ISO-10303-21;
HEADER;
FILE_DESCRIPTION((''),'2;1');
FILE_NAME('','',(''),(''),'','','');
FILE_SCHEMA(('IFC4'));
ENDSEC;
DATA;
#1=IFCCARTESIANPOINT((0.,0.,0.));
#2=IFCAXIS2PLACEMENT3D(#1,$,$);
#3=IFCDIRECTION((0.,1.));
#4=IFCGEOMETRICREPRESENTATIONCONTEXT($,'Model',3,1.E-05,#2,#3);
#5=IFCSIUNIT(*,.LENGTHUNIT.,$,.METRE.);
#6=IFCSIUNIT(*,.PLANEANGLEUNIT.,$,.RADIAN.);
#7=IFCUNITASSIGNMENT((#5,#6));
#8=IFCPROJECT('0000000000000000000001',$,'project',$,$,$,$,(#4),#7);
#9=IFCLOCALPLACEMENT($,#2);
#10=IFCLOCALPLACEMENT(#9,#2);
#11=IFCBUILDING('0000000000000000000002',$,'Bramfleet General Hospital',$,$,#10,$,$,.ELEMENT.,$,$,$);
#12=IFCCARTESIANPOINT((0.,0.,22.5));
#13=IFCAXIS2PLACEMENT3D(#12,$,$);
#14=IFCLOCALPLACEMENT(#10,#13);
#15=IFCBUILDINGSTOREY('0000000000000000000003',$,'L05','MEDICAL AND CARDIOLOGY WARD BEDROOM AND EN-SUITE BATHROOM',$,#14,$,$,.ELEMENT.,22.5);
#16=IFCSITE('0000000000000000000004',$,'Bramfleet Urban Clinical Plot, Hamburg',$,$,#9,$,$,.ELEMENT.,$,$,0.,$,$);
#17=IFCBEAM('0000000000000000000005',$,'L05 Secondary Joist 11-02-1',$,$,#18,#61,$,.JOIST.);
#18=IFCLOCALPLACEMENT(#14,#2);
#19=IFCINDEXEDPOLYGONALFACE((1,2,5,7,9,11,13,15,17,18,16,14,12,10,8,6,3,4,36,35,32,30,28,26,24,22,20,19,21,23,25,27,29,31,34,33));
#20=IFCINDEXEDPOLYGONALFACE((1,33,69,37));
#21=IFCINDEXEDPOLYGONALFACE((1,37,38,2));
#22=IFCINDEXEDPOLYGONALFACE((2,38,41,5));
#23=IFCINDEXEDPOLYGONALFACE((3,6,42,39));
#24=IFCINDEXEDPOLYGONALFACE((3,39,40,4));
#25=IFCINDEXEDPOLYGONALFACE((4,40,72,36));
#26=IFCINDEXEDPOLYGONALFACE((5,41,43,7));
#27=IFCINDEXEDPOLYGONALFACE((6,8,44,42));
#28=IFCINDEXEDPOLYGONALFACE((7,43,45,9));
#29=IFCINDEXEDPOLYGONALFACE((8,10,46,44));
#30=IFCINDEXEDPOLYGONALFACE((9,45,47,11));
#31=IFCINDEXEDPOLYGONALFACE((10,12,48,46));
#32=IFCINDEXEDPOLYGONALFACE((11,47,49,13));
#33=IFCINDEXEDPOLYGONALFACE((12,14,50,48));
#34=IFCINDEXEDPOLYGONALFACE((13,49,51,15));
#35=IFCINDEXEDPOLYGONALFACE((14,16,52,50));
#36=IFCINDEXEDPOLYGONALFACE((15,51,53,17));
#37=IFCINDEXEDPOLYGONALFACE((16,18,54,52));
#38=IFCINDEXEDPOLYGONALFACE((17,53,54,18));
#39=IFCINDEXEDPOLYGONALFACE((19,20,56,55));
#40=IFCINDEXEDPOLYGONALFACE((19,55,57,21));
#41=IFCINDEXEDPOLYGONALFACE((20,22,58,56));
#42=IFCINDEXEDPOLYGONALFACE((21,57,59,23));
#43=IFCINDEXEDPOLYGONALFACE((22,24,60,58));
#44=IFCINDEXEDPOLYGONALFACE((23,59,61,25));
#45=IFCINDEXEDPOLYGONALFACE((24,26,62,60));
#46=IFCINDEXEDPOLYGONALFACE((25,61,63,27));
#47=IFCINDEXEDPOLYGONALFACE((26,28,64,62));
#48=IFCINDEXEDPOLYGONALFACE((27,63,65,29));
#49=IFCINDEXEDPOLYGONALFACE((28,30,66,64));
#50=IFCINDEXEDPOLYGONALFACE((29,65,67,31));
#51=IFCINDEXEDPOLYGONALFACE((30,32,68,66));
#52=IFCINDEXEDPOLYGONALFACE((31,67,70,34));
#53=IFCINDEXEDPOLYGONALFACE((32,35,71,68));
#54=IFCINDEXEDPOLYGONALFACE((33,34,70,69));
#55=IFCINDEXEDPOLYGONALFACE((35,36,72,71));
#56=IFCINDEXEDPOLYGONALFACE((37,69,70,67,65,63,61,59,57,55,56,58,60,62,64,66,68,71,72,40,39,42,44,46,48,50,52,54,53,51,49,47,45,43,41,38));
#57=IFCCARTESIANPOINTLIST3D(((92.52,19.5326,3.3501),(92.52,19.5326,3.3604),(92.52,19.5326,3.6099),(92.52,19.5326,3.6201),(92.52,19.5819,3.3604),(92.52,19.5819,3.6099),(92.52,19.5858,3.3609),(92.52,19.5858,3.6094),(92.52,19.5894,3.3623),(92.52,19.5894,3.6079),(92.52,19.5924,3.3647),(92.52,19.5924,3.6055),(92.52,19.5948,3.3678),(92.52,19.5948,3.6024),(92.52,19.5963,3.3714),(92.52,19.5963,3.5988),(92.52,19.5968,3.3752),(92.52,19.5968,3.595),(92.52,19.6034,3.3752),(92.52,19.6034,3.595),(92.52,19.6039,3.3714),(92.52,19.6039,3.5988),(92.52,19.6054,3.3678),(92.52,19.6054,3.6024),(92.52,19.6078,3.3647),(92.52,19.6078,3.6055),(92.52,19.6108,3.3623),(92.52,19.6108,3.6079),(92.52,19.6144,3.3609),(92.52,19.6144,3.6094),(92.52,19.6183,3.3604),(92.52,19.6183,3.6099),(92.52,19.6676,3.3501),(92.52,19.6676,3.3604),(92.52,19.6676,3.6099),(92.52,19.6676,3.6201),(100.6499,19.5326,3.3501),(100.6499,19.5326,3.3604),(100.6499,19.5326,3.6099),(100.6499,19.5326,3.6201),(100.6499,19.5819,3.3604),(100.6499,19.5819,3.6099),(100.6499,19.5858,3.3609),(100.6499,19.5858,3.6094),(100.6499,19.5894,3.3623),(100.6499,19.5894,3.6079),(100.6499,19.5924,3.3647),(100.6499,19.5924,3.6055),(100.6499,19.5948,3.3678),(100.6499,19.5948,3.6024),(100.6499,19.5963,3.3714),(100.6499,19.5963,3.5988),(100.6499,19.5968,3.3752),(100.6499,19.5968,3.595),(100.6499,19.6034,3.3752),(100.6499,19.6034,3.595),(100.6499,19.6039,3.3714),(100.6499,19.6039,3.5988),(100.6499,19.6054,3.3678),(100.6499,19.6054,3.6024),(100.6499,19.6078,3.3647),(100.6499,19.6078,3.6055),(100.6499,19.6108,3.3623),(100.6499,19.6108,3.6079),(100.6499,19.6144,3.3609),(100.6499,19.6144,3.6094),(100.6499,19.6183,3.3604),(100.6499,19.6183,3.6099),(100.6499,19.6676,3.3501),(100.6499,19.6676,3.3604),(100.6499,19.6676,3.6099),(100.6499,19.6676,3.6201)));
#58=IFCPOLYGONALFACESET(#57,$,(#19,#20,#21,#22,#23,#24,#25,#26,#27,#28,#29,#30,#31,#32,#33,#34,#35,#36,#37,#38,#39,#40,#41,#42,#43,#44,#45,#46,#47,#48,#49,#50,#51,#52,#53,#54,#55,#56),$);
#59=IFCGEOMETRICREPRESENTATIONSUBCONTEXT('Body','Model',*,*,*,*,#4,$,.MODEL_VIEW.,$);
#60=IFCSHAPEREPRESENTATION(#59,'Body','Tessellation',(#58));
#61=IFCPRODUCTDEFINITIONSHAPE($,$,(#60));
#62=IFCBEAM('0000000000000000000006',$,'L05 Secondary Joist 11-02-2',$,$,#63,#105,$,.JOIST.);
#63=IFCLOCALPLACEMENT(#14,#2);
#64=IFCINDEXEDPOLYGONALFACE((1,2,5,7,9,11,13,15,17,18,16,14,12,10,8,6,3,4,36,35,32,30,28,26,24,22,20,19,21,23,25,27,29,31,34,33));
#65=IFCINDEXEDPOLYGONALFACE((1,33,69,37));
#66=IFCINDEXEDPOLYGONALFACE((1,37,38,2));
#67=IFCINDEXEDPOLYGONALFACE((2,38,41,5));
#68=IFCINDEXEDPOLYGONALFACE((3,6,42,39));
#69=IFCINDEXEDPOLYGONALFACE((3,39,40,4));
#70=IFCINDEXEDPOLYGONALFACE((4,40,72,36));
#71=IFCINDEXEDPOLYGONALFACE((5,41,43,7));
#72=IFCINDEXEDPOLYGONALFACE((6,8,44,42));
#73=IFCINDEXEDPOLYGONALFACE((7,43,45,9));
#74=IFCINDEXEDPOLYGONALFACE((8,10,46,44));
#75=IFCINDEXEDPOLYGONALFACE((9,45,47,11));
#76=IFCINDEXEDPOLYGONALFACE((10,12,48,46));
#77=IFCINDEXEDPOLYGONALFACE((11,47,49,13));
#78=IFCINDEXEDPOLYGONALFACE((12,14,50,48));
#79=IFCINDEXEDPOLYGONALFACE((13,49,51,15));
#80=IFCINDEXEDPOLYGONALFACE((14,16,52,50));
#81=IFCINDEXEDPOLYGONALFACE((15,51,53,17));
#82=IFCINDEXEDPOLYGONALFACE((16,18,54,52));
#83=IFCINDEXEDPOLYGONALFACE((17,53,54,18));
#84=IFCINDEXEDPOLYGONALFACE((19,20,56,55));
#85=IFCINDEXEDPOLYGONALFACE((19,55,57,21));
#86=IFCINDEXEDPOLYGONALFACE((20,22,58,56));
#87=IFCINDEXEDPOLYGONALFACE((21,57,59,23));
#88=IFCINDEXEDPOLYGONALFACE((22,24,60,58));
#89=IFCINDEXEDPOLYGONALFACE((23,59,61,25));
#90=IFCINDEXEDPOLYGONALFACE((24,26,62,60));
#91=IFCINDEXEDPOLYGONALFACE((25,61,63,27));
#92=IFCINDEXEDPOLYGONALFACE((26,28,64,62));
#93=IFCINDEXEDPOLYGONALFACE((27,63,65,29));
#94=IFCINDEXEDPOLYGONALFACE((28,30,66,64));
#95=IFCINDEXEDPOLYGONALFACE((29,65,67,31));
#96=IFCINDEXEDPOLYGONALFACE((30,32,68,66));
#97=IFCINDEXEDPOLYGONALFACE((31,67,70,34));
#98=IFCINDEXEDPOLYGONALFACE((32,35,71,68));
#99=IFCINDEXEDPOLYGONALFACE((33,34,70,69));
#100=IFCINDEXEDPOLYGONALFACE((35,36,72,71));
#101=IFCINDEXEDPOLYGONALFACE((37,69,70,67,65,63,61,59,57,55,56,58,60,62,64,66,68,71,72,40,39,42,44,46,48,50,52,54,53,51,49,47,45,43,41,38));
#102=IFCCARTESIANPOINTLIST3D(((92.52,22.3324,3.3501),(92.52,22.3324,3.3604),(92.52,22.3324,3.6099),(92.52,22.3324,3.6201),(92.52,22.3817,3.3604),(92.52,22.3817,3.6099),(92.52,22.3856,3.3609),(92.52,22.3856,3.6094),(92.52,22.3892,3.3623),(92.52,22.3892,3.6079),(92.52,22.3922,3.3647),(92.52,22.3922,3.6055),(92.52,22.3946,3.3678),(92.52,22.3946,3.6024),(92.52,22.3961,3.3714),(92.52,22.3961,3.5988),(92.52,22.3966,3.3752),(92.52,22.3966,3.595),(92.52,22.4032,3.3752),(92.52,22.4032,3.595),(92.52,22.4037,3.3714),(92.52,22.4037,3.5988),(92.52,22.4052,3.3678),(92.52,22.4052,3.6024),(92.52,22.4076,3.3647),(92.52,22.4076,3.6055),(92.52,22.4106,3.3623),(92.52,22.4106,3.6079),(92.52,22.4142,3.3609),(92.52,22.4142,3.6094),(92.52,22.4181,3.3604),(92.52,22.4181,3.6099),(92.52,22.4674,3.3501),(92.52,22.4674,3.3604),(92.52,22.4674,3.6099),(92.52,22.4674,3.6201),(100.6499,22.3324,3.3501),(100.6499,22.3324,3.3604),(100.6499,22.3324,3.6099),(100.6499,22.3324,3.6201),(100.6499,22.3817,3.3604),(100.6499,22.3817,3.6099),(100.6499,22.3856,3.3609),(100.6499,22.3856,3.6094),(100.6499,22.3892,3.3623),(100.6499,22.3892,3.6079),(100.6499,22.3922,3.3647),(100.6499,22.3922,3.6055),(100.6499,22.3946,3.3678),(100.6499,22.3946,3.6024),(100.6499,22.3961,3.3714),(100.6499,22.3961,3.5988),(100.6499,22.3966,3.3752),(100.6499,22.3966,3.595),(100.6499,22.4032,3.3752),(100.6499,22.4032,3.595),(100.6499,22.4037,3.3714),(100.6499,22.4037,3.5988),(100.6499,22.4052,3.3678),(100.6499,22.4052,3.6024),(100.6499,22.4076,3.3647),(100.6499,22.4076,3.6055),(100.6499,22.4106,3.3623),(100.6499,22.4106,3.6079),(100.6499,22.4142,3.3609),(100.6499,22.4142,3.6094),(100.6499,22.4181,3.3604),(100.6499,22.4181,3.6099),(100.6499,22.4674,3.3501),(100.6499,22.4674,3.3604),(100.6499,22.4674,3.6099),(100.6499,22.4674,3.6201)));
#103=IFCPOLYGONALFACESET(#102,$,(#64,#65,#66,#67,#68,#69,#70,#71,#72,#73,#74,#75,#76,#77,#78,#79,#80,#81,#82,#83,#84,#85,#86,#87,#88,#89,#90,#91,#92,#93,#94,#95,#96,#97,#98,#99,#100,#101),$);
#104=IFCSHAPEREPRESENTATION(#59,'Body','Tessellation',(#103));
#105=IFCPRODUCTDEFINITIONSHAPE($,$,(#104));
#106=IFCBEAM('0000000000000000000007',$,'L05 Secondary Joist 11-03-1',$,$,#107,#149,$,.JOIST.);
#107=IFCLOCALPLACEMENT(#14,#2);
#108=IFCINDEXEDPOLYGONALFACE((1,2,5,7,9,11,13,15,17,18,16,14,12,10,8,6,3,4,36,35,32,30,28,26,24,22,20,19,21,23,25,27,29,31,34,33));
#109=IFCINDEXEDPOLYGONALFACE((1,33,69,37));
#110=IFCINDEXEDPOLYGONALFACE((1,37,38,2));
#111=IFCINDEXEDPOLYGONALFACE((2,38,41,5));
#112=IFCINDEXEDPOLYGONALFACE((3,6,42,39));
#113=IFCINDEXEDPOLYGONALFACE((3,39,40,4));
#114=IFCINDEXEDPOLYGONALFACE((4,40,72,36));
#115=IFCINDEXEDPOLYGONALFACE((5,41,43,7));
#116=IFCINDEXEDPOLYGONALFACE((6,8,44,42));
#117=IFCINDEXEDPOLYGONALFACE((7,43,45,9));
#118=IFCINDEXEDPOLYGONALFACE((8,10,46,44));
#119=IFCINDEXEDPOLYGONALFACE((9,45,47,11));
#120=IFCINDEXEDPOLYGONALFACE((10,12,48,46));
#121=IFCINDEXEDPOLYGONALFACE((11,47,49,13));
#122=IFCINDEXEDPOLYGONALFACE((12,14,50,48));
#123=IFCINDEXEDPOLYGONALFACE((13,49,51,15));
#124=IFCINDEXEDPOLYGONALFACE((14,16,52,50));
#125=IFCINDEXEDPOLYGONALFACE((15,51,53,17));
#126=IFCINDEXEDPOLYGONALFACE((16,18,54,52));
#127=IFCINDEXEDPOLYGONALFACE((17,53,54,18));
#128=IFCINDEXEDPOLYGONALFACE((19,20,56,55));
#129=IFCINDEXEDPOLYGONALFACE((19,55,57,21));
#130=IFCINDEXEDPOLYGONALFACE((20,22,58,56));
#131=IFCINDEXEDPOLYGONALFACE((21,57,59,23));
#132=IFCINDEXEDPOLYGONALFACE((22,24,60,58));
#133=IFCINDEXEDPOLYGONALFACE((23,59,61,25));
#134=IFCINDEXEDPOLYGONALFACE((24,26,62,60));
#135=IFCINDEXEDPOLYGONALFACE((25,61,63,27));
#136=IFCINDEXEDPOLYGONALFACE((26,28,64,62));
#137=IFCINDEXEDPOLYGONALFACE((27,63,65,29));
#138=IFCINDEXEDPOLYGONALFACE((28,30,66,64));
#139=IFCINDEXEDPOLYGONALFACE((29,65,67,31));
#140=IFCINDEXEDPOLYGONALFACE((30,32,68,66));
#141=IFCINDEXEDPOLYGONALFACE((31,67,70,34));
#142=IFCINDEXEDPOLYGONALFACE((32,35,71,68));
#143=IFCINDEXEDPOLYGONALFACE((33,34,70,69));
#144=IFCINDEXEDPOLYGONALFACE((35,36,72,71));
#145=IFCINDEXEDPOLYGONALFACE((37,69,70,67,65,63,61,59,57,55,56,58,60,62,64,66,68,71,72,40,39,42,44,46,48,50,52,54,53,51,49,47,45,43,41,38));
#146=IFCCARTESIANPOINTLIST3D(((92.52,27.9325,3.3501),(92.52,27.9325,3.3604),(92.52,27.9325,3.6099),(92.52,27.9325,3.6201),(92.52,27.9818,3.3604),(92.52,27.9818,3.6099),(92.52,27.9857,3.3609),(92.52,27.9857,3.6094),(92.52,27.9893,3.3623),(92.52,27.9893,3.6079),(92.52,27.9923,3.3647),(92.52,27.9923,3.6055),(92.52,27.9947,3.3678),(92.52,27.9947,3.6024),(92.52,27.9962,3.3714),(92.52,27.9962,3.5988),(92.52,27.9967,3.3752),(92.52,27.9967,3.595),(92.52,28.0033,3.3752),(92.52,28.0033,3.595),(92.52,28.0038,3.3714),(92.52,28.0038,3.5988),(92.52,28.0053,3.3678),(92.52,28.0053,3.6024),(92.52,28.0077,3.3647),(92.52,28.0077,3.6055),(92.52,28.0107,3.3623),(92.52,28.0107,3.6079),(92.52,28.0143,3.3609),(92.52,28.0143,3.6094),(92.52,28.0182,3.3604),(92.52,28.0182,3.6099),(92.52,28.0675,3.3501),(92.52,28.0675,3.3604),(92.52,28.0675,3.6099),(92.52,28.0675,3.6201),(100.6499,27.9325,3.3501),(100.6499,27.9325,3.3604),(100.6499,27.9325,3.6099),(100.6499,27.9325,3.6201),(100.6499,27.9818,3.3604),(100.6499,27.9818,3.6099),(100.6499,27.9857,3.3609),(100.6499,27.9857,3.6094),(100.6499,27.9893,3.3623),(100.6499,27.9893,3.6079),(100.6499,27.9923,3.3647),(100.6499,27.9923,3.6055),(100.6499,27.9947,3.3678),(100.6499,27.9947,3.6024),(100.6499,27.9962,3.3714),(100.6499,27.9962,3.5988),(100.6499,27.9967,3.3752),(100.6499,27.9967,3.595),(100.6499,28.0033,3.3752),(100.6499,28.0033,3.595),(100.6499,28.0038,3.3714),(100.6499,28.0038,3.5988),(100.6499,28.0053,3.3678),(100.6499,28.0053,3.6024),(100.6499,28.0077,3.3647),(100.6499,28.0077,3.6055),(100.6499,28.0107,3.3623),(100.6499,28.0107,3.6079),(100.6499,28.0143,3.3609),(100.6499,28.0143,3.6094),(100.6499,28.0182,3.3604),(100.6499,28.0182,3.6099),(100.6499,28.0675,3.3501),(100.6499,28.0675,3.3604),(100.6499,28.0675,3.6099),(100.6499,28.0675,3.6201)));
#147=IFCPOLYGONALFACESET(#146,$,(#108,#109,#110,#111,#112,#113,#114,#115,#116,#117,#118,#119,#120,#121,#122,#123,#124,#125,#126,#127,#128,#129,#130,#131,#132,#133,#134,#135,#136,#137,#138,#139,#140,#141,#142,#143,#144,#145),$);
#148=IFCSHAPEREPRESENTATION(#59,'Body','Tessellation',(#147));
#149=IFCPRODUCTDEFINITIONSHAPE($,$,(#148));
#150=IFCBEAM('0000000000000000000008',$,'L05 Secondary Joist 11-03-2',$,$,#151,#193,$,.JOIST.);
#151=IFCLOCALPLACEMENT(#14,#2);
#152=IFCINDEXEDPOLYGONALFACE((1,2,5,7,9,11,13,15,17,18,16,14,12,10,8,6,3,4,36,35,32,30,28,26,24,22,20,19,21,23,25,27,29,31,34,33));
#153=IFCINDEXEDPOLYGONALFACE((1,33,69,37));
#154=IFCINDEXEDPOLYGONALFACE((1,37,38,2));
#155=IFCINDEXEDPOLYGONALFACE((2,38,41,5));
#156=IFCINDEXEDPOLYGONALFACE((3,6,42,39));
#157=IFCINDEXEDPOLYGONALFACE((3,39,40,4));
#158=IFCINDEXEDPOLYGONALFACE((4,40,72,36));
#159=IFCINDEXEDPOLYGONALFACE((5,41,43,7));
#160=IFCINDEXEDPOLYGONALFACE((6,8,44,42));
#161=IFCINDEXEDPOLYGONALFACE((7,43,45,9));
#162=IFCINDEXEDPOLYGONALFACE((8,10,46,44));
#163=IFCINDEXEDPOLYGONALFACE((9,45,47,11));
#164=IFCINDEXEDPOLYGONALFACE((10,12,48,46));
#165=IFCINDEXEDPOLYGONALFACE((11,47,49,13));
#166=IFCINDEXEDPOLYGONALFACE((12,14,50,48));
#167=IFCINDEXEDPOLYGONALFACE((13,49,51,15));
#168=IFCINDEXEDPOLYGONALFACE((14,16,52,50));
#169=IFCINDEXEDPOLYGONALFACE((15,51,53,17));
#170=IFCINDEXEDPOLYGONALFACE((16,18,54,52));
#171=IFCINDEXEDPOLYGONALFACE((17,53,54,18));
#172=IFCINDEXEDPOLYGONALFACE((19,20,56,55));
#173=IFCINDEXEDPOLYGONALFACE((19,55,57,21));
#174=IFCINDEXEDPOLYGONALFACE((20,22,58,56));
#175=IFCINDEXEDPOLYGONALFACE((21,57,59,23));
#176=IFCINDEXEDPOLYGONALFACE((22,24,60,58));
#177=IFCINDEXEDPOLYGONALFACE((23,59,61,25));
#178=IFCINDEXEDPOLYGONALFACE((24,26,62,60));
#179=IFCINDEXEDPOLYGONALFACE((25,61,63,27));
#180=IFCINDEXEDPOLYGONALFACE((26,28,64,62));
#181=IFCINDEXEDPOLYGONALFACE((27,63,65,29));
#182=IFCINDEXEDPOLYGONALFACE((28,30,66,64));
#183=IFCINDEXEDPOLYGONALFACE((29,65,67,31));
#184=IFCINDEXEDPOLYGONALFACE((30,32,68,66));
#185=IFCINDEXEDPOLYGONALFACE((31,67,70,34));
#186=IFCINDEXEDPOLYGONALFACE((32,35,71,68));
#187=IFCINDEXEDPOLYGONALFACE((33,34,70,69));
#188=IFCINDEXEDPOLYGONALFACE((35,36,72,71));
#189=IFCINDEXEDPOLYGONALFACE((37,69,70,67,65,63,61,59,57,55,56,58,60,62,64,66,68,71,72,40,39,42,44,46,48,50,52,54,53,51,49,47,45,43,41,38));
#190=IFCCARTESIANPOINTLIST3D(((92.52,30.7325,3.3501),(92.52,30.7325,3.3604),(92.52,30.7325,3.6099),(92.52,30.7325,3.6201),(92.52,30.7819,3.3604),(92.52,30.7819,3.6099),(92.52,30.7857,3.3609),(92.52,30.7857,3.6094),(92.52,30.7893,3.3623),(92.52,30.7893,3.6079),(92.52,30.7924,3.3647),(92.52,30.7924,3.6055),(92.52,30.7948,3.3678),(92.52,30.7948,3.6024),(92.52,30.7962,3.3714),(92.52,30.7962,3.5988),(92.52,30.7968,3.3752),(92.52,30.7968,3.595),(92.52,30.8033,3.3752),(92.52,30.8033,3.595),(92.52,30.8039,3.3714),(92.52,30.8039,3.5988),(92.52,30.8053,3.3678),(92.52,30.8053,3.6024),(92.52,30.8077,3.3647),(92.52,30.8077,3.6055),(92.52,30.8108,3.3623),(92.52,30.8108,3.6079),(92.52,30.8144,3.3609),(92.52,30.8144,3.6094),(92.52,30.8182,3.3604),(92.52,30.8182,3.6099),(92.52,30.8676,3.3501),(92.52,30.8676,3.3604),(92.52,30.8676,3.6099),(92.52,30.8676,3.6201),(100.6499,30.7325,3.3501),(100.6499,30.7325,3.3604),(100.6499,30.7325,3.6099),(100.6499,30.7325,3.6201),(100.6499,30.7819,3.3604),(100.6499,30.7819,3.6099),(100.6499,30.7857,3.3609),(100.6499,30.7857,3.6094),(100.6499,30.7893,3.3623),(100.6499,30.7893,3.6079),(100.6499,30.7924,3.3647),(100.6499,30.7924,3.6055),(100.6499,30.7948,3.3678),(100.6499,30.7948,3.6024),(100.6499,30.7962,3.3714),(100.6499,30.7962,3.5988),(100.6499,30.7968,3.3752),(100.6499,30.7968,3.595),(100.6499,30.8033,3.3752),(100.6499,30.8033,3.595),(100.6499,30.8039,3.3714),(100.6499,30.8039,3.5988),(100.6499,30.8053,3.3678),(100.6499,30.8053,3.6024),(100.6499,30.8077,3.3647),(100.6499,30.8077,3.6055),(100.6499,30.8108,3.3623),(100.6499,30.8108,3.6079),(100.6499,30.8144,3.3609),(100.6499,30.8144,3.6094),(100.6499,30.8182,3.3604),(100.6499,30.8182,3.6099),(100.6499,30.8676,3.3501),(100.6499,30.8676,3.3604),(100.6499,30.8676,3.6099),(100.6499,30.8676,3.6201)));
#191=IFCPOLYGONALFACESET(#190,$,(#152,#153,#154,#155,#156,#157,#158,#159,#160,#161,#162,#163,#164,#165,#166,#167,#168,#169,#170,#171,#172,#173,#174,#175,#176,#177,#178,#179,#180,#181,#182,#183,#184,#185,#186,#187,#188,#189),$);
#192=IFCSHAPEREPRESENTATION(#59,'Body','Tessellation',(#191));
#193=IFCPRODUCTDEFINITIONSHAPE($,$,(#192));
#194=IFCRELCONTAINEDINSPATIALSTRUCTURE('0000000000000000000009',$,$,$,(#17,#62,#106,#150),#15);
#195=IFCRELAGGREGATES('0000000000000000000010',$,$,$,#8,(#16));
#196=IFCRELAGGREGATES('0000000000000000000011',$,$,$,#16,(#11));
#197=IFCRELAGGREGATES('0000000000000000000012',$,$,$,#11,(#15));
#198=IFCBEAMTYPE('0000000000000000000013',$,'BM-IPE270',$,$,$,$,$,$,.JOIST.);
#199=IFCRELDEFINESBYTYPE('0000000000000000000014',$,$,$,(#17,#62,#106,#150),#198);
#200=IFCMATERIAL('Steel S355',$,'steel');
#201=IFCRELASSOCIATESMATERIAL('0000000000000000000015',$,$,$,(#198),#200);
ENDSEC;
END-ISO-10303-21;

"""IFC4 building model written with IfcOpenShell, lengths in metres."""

from ifc_helpers import new_model, si_unit, direction, frame, origin, origin_2d, place, context, subcontext, project, spatial, i_section, extrude, material, material_profile, profile_set, type_object, element, save


model = new_model("IFC4")

# Units and contexts
model_context = context("Model", 3, precision=1e-05, world=origin(), true_north=direction((0.0, 1.0)))
body_context = subcontext(model_context, "Body", "Model", "MODEL_VIEW")
ifc_project = project(units=[si_unit("LENGTHUNIT", "METRE"), si_unit("PLANEANGLEUNIT", "RADIAN")], contexts=[model_context])

# Site, building, storey
site_placement = place(None, origin())
site = spatial("IfcSite", under=ifc_project, at=site_placement, Name="Bramfleet Urban Clinical Plot, Hamburg", CompositionType="ELEMENT", RefElevation=0.0)
building_placement = place(site_placement, origin())
building = spatial("IfcBuilding", under=site, at=building_placement, Name="Bramfleet General Hospital", CompositionType="ELEMENT")
storey_placement = place(building_placement, frame((0.0, 0.0, 22.5)))
storey = spatial("IfcBuildingStorey", under=building, at=storey_placement, Name="L05", Description="MEDICAL AND CARDIOLOGY WARD BEDROOM AND EN-SUITE BATHROOM", CompositionType="ELEMENT", Elevation=22.5)

# Beams
ifc_material_1 = material(Name="Steel S355", Category="steel")
ifc_material_profile_1 = material_profile(ifc_material_1, i_section(OverallWidth=0.135, OverallDepth=0.27, WebThickness=0.0066, FlangeThickness=0.0103, FilletRadius=0.0149, at=origin_2d()), Name="IPE 270")
ifc_profile_set_1 = profile_set([ifc_material_profile_1], Name="Steel S355")
beam_type_1 = type_object("IfcBeamType", Name="BM-IPE270", PredefinedType="JOIST", material=ifc_profile_set_1)
for number, where, z_axis, x_axis, name in (
    (1, (92.52, 19.6001, 3.4851), (1.0, 0.0, 0.0), (0.0, 1.0, 0.0), "L05 Secondary Joist 11-02-1"),
    (2, (92.52, 22.3999, 3.4851), (1.0, 0.0, 0.0), (0.0, 1.0, 0.0), "L05 Secondary Joist 11-02-2"),
    (3, (92.52, 28.0, 3.4851), (1.0, 0.0, 0.0), (0.0, 1.0, 0.0), "L05 Secondary Joist 11-03-1"),
    (4, (92.52, 30.8, 3.4851), (1.0, 0.0, 0.0), (0.0, 1.0, 0.0), "L05 Secondary Joist 11-03-2"),
):
    element("IfcBeam", number, at=place(storey_placement, frame(where, z_axis=z_axis, x_axis=x_axis)), inside=storey, type_object=beam_type_1, Name=name, PredefinedType="JOIST", context=body_context, shape_type="SweptSolid", body=[
        extrude(i_section(OverallWidth=0.135, OverallDepth=0.27, WebThickness=0.0066, FlangeThickness=0.0103, FilletRadius=0.0149, at=origin_2d()), origin(), (0.0, 0.0, 1.0), 8.1299),
    ])

save(model, "model.ifc")
